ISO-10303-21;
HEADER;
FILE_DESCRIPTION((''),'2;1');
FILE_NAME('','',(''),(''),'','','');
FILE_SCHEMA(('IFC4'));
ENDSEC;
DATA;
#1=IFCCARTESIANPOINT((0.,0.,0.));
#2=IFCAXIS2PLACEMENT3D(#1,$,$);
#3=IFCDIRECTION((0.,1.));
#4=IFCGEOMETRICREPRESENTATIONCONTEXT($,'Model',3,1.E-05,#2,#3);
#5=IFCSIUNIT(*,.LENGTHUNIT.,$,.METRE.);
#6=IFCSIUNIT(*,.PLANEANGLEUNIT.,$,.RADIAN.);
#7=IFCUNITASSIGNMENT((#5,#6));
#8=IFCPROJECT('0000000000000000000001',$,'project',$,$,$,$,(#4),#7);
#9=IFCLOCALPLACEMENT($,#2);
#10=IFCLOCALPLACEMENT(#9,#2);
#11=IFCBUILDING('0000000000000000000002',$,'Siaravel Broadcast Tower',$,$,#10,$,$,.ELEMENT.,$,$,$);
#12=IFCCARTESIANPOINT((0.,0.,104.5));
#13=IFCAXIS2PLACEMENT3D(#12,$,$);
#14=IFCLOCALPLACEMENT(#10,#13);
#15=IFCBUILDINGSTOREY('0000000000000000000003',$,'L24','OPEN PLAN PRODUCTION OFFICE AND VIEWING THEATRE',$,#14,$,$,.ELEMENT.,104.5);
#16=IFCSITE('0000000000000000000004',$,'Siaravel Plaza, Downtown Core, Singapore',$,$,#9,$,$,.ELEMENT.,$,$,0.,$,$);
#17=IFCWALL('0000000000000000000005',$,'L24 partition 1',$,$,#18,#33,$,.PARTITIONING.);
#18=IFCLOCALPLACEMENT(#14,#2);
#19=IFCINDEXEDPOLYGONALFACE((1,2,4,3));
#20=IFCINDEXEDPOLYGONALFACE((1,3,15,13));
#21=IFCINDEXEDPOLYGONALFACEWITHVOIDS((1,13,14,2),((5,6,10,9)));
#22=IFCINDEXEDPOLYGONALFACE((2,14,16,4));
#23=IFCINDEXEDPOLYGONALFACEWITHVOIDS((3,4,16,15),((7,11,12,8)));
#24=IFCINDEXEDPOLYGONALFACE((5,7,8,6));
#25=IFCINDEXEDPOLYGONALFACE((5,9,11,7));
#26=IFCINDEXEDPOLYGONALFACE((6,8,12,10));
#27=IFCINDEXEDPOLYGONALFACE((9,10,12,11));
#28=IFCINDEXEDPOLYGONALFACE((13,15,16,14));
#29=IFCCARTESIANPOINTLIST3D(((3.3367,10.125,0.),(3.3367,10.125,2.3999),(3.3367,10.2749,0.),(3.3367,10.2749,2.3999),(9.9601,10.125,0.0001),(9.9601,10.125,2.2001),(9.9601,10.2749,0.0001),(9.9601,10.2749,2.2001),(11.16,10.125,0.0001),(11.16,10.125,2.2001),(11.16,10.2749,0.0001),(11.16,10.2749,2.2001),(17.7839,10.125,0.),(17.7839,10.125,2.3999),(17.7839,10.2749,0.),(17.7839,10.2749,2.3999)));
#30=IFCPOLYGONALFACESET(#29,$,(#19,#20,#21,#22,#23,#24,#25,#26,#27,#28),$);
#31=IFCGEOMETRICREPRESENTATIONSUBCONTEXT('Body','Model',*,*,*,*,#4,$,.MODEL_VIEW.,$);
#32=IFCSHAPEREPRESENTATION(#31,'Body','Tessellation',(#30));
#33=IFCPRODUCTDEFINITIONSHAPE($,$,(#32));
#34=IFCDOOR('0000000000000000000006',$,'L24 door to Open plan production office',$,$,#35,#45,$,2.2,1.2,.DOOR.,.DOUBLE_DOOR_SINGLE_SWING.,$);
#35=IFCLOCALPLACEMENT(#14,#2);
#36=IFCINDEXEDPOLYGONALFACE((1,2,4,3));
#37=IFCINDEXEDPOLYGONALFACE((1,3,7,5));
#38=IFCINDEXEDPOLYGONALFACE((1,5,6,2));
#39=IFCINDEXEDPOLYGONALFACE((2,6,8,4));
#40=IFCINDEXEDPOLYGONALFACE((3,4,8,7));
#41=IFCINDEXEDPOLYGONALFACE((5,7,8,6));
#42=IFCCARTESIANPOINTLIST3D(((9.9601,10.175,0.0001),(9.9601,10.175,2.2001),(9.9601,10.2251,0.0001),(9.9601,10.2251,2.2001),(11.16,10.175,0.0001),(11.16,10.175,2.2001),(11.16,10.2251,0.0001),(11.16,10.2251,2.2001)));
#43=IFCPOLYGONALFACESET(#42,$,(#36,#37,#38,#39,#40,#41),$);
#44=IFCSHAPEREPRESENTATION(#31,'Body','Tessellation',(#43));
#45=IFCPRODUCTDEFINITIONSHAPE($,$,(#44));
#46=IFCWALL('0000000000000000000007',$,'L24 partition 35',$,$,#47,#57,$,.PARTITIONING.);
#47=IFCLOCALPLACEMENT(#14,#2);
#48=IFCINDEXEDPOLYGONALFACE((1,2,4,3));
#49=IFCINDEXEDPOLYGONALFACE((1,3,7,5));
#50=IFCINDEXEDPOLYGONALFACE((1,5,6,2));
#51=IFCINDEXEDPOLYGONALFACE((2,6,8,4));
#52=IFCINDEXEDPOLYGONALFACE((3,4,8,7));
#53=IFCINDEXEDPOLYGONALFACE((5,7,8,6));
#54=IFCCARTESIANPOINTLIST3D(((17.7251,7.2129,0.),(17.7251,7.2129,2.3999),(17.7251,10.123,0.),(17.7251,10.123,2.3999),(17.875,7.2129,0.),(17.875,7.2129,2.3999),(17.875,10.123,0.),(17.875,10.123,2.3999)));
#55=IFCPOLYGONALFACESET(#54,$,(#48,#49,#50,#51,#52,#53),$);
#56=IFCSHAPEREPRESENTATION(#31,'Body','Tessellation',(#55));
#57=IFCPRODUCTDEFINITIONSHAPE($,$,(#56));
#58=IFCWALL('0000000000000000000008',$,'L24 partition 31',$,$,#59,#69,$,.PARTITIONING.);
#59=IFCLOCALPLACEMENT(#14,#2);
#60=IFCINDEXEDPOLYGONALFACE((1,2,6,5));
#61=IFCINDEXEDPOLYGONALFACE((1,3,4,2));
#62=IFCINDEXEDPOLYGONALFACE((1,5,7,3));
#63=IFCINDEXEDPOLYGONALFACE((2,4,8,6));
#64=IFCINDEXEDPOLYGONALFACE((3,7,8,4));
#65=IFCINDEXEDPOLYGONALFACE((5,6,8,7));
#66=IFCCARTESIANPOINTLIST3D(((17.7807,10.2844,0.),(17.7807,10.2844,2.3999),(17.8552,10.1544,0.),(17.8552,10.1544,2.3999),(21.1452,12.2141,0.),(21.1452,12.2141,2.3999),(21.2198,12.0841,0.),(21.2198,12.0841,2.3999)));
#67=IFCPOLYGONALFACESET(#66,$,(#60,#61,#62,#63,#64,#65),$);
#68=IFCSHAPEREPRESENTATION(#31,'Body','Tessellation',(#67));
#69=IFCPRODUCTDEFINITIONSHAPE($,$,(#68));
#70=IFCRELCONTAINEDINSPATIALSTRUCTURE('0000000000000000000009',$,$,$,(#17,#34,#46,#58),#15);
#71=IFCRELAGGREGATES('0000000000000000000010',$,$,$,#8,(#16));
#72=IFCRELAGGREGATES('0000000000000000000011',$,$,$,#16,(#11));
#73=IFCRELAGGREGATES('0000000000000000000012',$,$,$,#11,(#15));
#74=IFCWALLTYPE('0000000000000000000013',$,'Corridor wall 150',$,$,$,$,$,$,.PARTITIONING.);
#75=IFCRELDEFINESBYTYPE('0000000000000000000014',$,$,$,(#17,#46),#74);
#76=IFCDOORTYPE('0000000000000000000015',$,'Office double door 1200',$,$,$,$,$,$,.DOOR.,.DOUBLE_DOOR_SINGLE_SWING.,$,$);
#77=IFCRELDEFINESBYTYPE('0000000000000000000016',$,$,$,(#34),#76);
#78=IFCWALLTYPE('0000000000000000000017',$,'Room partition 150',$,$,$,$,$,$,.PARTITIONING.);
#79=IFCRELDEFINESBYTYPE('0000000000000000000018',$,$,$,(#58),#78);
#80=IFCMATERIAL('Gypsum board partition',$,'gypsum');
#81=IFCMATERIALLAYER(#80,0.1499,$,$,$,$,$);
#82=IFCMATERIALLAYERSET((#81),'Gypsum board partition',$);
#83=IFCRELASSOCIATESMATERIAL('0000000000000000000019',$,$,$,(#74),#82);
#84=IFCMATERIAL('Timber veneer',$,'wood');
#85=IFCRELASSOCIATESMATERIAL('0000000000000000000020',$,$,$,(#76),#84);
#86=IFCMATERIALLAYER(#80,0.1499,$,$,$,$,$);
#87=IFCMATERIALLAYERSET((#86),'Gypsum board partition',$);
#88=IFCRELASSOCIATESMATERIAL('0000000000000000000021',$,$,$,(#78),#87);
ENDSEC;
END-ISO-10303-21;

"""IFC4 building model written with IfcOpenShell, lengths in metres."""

from ifc_helpers import new_model, si_unit, direction, frame, frame_2d, origin, place, context, subcontext, project, spatial, rectangle, extrude, material, layer, layer_set, type_object, element, fill, save


model = new_model("IFC4")

# Units and contexts
model_context = context("Model", 3, precision=1e-05, world=origin(), true_north=direction((0.0, 1.0)))
body_context = subcontext(model_context, "Body", "Model", "MODEL_VIEW")
ifc_project = project(units=[si_unit("LENGTHUNIT", "METRE"), si_unit("PLANEANGLEUNIT", "RADIAN")], contexts=[model_context])

# Site, building, storey
site_placement = place(None, origin())
site = spatial("IfcSite", under=ifc_project, at=site_placement, Name="Siaravel Plaza, Downtown Core, Singapore", CompositionType="ELEMENT", RefElevation=0.0)
building_placement = place(site_placement, origin())
building = spatial("IfcBuilding", under=site, at=building_placement, Name="Siaravel Broadcast Tower", CompositionType="ELEMENT")
storey_placement = place(building_placement, frame((0.0, 0.0, 104.5)))
storey = spatial("IfcBuildingStorey", under=building, at=storey_placement, Name="L24", Description="OPEN PLAN PRODUCTION OFFICE AND VIEWING THEATRE", CompositionType="ELEMENT", Elevation=104.5)

# Wall, opening, door
ifc_material_1 = material(Name="Gypsum board partition", Category="gypsum")
ifc_layer_1 = layer(ifc_material_1, 0.1499)
ifc_layer_set_1 = layer_set([ifc_layer_1], Name="Gypsum board partition")
wall_type_1 = type_object("IfcWallType", Name="Corridor wall 150", PredefinedType="PARTITIONING", material=ifc_layer_set_1)
wall_1_placement = place(storey_placement, frame((17.7839, 10.2, 0.0), z_axis=(0.0, 0.0, 1.0), x_axis=(-1.0, 0.0, 0.0)))
wall_1 = element("IfcWall", 1, at=wall_1_placement, inside=storey, type_object=wall_type_1, Name="L24 partition 1", PredefinedType="PARTITIONING", context=body_context, shape_type="SweptSolid", body=[
    extrude(rectangle(XDim=14.4473, YDim=0.1499, at=frame_2d((7.2236, 0.0))), origin(), (0.0, 0.0, 1.0), 2.3999),
])
opening_placement = place(wall_1_placement, frame((6.6238, 0.0, 0.0)))
opening = element("IfcOpeningElement", 2, at=opening_placement, cuts=wall_1, PredefinedType="OPENING", context=body_context, shape_type="SweptSolid", body=[
    extrude(rectangle(XDim=1.2, YDim=2.2, at=frame_2d((0.6001, 1.1001))), frame((0.0, 0.085, 0.0), z_axis=(0.0, -1.0, 0.0), x_axis=(1.0, 0.0, 0.0)), (0.0, 0.0, 1.0), 0.1699),
])
ifc_material_2 = material(Name="Timber veneer", Category="wood")
door_type = type_object("IfcDoorType", Name="Office double door 1200", OperationType="DOUBLE_DOOR_SINGLE_SWING", PredefinedType="DOOR", material=ifc_material_2)
door_placement = place(opening_placement, origin())
door = element("IfcDoor", 3, at=door_placement, inside=storey, type_object=door_type, Name="L24 door to Open plan production office", OperationType="DOUBLE_DOOR_SINGLE_SWING", OverallHeight=2.2, OverallWidth=1.2, PredefinedType="DOOR", context=body_context, shape_type="SweptSolid", body=[
    extrude(rectangle(XDim=1.2, YDim=2.2, at=frame_2d((0.6001, 1.1001))), frame((0.0, 0.0249, 0.0), z_axis=(0.0, -1.0, 0.0), x_axis=(1.0, 0.0, 0.0)), (0.0, 0.0, 1.0), 0.05),
])
fill(opening, door)

# Walls
wall_2_placement = place(storey_placement, frame((17.8, 7.2129, 0.0), z_axis=(0.0, 0.0, 1.0), x_axis=(0.0, 1.0, 0.0)))
element("IfcWall", 4, at=wall_2_placement, inside=storey, type_object=wall_type_1, Name="L24 partition 35", PredefinedType="PARTITIONING", context=body_context, shape_type="SweptSolid", body=[
    extrude(rectangle(XDim=2.9102, YDim=0.1499, at=frame_2d((1.4551, 0.0))), origin(), (0.0, 0.0, 1.0), 2.3999),
])
ifc_layer_2 = layer(ifc_material_1, 0.1499)
ifc_layer_set_2 = layer_set([ifc_layer_2], Name="Gypsum board partition")
wall_type_2 = type_object("IfcWallType", Name="Room partition 150", PredefinedType="PARTITIONING", material=ifc_layer_set_2)
wall_3_placement = place(storey_placement, frame((21.1826, 12.1492, 0.0), z_axis=(0.0, 0.0, 1.0), x_axis=(-0.867452, -0.497521, 0.0)))
element("IfcWall", 5, at=wall_3_placement, inside=storey, type_object=wall_type_2, Name="L24 partition 31", PredefinedType="PARTITIONING", context=body_context, shape_type="SweptSolid", body=[
    extrude(rectangle(XDim=3.8787, YDim=0.1499, at=frame_2d((1.9395, 0.0))), origin(), (0.0, 0.0, 1.0), 2.3999),
])

save(model, "model.ifc")
